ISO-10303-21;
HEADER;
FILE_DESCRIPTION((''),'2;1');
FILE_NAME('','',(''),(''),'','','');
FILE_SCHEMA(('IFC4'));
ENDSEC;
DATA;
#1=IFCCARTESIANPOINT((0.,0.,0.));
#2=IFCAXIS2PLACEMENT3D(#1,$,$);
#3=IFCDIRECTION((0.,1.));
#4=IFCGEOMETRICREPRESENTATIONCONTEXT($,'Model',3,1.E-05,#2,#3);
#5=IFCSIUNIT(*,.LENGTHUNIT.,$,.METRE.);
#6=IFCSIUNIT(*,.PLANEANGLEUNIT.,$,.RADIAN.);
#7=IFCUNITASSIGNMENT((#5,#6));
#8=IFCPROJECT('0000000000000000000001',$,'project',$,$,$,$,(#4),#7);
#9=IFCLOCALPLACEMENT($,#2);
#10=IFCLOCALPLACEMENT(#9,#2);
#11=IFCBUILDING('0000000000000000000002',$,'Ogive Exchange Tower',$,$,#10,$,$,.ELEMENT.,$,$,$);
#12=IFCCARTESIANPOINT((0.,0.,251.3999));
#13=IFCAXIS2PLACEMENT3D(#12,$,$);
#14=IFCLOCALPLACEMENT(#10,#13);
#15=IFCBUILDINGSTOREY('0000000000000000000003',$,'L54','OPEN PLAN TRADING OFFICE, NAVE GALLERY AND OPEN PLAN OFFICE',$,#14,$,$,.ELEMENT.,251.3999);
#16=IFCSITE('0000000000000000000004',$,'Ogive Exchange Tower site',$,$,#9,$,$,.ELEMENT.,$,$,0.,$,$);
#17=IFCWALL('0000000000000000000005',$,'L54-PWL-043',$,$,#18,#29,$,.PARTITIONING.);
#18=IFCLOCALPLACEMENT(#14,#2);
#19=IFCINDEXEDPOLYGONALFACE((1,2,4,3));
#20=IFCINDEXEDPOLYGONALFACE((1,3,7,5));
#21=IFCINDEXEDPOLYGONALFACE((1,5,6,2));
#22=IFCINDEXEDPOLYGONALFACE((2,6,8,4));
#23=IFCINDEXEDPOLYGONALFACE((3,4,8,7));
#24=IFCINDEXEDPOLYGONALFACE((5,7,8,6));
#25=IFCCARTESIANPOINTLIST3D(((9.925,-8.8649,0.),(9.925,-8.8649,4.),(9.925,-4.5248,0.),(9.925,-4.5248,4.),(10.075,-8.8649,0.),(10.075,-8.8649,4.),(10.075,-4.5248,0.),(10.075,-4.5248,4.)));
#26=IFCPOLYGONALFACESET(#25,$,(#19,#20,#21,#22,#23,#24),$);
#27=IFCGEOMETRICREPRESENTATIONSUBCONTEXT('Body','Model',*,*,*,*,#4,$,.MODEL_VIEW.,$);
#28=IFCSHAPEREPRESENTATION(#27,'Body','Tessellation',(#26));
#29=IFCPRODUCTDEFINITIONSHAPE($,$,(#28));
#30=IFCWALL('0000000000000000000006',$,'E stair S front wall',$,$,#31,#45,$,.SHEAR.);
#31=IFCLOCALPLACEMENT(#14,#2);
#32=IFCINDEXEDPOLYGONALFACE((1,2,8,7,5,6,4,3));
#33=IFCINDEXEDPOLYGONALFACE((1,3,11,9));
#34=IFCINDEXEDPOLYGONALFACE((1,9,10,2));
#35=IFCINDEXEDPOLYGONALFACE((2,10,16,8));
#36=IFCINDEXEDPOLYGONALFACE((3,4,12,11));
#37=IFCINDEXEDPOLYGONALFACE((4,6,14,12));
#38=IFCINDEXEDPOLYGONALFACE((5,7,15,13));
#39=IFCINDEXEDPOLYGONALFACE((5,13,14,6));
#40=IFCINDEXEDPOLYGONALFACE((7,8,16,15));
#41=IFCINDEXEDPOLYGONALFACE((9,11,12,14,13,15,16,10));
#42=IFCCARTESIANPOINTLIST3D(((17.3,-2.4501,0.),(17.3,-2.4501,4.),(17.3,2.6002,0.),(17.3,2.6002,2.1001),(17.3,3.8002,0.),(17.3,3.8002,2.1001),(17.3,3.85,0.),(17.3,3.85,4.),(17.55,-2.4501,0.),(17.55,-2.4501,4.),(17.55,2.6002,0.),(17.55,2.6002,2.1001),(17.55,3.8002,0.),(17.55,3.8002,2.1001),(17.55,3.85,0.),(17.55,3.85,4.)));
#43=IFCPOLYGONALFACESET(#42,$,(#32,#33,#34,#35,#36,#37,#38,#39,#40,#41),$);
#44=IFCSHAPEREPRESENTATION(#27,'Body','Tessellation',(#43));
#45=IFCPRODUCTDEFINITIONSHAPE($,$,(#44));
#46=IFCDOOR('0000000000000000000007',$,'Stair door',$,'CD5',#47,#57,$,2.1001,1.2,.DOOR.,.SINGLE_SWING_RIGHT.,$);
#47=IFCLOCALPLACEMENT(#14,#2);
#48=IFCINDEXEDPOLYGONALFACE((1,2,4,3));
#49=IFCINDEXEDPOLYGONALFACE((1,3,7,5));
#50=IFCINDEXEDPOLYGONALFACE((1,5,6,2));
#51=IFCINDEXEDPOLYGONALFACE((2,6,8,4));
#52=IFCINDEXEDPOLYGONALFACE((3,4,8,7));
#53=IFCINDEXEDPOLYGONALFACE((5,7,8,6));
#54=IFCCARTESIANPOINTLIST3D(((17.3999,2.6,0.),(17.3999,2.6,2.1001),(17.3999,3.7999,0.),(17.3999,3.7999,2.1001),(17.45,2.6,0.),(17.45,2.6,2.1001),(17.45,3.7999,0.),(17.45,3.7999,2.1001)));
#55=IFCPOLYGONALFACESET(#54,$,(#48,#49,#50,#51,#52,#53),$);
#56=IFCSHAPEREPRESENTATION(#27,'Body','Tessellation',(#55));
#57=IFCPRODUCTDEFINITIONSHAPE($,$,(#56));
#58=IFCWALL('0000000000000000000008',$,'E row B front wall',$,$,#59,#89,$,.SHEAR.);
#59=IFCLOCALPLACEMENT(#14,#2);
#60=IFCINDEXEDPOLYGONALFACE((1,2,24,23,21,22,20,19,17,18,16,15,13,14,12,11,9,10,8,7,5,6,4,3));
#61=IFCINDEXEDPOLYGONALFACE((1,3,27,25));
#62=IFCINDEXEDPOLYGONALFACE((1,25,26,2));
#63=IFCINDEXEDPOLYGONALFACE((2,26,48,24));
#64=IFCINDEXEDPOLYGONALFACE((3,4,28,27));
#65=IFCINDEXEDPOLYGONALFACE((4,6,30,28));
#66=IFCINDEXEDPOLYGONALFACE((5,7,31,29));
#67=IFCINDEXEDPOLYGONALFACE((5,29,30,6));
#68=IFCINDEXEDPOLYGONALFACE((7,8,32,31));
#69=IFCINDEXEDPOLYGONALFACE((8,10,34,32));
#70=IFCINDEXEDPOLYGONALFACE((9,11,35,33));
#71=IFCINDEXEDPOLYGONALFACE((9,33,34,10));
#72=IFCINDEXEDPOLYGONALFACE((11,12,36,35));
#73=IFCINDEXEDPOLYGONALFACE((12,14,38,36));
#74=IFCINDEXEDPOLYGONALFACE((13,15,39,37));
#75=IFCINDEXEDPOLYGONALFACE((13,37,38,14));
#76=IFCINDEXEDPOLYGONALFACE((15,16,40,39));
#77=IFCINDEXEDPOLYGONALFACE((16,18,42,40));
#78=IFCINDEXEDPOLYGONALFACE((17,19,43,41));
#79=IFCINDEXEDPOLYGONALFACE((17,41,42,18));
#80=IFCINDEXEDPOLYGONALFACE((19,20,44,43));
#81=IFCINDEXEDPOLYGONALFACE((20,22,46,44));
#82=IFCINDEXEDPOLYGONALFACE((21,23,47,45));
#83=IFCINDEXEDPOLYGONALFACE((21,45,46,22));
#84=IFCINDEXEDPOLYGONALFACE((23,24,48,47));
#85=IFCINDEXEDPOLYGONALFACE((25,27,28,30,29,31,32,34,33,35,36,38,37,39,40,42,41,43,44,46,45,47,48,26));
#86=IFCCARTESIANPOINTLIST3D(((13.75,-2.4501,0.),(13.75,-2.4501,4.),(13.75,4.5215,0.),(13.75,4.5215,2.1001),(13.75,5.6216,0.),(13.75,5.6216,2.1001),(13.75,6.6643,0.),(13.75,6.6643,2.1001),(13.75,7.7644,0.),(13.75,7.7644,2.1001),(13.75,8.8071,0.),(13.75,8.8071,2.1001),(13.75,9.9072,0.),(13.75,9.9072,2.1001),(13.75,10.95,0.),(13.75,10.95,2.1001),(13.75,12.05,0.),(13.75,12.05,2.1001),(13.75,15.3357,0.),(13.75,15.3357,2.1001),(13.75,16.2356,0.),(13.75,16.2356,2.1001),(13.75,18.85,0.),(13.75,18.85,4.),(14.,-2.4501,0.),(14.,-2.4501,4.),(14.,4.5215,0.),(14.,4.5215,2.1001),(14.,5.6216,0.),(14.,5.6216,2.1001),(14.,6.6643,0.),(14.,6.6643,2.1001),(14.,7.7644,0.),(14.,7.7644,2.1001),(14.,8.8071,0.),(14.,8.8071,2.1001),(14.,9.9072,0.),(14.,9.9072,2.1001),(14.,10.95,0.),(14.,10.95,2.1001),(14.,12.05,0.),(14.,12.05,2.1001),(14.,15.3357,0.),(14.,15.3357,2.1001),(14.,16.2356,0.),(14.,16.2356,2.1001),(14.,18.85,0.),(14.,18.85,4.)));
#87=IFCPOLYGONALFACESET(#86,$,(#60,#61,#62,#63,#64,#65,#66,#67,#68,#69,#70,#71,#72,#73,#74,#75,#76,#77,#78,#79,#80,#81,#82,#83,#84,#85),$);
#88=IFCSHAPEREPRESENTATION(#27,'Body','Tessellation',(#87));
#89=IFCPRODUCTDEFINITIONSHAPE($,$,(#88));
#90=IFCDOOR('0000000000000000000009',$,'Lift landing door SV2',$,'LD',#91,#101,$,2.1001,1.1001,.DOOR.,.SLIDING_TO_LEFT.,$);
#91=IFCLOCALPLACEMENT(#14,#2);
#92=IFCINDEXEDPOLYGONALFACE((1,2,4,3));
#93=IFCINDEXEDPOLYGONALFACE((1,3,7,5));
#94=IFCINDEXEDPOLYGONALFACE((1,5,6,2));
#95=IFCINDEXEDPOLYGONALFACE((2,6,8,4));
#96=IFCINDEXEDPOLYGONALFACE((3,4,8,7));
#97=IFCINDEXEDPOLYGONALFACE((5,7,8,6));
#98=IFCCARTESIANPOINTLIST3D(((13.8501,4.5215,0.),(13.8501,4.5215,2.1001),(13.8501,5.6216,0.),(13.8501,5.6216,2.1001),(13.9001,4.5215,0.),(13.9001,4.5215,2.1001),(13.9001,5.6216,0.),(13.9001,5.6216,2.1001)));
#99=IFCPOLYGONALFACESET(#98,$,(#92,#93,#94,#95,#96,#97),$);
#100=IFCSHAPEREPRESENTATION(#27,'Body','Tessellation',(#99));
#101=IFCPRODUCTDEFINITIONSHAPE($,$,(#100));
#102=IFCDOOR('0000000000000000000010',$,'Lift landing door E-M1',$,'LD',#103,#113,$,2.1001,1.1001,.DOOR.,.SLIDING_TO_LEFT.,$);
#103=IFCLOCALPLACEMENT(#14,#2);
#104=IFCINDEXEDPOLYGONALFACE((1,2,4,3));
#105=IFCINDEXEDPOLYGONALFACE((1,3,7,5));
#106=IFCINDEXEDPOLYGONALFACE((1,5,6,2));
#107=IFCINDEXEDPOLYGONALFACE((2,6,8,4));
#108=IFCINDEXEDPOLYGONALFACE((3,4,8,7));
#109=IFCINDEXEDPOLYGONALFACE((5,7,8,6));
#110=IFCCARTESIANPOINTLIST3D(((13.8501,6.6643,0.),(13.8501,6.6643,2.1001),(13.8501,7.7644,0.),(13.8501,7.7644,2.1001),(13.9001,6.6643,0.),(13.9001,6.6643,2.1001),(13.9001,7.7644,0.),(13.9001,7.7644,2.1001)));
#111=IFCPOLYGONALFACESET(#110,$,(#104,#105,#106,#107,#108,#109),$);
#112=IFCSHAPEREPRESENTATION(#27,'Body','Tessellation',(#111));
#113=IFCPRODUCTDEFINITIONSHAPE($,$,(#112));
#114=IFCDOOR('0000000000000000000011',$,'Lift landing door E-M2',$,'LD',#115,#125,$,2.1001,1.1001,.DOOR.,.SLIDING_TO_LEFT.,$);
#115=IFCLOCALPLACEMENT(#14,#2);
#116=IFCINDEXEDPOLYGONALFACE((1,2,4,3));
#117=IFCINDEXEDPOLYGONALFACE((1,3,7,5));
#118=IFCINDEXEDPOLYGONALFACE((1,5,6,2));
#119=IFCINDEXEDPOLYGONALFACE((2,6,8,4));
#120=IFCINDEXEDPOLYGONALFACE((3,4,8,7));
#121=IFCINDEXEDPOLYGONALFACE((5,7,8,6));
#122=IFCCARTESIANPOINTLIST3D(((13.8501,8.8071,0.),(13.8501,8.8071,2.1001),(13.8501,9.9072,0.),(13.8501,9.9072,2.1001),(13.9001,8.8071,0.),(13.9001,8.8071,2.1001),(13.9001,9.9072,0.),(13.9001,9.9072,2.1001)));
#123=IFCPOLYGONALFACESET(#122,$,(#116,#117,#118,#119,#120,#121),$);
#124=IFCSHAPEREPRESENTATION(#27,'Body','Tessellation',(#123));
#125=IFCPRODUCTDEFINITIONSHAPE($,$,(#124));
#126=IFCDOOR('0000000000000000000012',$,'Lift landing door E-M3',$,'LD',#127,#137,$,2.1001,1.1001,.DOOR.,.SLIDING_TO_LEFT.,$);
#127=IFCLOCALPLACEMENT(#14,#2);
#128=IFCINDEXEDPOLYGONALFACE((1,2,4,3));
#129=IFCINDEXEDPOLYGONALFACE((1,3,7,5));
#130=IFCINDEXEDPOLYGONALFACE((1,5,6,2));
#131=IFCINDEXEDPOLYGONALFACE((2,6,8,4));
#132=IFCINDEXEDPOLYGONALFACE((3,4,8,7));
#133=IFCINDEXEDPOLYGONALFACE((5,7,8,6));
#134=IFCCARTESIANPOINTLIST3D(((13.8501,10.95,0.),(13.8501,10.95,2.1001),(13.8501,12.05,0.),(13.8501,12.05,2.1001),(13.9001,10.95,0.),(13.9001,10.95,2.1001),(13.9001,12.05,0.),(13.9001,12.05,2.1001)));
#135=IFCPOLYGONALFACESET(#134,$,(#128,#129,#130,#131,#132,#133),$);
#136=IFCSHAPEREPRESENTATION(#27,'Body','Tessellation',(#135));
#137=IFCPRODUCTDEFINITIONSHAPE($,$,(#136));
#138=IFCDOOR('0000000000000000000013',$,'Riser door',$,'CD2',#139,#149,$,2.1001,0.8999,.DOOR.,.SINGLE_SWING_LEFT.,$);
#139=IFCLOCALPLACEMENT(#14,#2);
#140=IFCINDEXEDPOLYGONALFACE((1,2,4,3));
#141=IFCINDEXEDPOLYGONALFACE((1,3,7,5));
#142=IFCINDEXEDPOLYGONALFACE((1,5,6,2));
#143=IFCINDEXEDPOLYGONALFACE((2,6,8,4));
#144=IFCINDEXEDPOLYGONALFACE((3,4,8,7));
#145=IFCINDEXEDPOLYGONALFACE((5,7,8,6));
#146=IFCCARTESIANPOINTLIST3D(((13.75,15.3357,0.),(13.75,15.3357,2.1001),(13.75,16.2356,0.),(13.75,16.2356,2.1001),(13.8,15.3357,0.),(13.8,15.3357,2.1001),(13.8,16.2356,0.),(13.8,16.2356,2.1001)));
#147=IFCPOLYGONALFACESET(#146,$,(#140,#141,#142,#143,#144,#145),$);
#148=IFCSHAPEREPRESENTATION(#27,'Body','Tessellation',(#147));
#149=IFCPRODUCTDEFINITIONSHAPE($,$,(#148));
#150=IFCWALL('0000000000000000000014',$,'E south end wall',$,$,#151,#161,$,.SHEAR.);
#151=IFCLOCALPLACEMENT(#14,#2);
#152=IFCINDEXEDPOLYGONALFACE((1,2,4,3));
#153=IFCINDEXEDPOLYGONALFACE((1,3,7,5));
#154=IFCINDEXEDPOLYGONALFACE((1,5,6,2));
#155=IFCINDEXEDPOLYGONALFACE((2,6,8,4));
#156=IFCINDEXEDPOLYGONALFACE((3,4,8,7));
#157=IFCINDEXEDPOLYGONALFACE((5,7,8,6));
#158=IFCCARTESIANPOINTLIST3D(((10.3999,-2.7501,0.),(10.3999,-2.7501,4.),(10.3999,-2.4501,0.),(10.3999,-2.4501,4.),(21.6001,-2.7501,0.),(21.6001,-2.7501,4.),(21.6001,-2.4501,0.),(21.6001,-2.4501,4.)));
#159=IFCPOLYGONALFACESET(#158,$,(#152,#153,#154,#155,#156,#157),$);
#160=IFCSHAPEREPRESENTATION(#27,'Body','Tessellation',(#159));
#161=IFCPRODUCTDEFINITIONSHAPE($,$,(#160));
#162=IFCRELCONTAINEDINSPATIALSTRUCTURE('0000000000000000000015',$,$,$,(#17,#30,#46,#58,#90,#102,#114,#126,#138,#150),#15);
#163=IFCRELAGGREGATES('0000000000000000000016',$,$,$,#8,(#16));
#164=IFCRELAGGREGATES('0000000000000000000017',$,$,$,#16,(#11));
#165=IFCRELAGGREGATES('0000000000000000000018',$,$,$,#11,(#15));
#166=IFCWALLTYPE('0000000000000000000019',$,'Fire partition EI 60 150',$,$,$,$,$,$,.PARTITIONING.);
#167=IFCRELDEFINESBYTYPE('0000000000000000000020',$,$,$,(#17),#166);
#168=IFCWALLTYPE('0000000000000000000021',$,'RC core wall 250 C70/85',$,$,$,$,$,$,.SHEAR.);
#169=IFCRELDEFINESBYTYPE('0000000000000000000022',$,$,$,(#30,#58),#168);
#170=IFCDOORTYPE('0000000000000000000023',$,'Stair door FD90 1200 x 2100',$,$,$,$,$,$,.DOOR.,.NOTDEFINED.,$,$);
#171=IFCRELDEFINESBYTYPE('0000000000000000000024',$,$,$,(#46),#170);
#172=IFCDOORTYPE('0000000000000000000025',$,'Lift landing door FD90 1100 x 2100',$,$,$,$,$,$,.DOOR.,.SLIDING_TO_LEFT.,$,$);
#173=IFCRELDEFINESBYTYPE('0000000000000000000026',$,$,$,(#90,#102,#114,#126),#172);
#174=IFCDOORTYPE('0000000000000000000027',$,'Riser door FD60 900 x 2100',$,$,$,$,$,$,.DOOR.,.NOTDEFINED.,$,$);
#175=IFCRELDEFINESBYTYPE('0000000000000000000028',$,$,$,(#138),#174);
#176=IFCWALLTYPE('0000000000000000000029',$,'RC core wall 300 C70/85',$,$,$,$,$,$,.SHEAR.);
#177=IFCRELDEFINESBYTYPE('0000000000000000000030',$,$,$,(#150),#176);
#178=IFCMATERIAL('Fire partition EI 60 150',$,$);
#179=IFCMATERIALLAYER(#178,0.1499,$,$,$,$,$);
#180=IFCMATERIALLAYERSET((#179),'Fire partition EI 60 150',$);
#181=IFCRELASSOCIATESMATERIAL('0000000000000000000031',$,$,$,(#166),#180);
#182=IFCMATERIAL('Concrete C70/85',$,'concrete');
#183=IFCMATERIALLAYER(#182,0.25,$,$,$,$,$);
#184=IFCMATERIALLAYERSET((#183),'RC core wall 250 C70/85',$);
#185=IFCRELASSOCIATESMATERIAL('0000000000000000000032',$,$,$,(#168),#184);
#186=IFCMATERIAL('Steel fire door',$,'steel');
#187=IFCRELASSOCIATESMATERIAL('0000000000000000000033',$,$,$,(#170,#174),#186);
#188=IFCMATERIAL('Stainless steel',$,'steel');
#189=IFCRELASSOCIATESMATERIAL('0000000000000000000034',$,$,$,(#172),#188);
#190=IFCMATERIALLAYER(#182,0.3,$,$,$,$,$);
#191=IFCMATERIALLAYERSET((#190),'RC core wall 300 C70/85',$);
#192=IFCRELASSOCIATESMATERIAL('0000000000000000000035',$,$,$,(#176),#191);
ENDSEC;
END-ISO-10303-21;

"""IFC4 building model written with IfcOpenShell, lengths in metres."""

from ifc_helpers import new_model, si_unit, direction, frame, frame_2d, origin, place, context, subcontext, project, spatial, rectangle, extrude, material, layer, layer_set, type_object, element, fill, save


model = new_model("IFC4")

# Units and contexts
model_context = context("Model", 3, precision=1e-05, world=origin(), true_north=direction((0.0, 1.0)))
body_context = subcontext(model_context, "Body", "Model", "MODEL_VIEW")
ifc_project = project(units=[si_unit("LENGTHUNIT", "METRE"), si_unit("PLANEANGLEUNIT", "RADIAN")], contexts=[model_context])

# Site, building, storey
site_placement = place(None, origin())
site = spatial("IfcSite", under=ifc_project, at=site_placement, Name="Ogive Exchange Tower site", CompositionType="ELEMENT", RefElevation=0.0)
building_placement = place(site_placement, origin())
building = spatial("IfcBuilding", under=site, at=building_placement, Name="Ogive Exchange Tower", CompositionType="ELEMENT")
storey_placement = place(building_placement, frame((0.0, 0.0, 251.3999)))
storey = spatial("IfcBuildingStorey", under=building, at=storey_placement, Name="L54", Description="OPEN PLAN TRADING OFFICE, NAVE GALLERY AND OPEN PLAN OFFICE", CompositionType="ELEMENT", Elevation=251.3999)

# Wall
ifc_material_1 = material(Name="Fire partition EI 60 150")
ifc_layer_1 = layer(ifc_material_1, 0.1499)
ifc_layer_set_1 = layer_set([ifc_layer_1], Name="Fire partition EI 60 150")
wall_type_1 = type_object("IfcWallType", Name="Fire partition EI 60 150", PredefinedType="PARTITIONING", material=ifc_layer_set_1)
wall_1_placement = place(storey_placement, frame((10.0, -4.5249, 0.0), z_axis=(0.0, 0.0, 1.0), x_axis=(0.0, -1.0, 0.0)))
element("IfcWall", 1, at=wall_1_placement, inside=storey, type_object=wall_type_1, Name="L54-PWL-043", PredefinedType="PARTITIONING", context=body_context, shape_type="SweptSolid", body=[
    extrude(rectangle(XDim=4.3401, YDim=0.1499, at=frame_2d((2.1699, 0.0))), origin(), (0.0, 0.0, 1.0), 4.0),
])

# Wall, opening, door
ifc_material_2 = material(Name="Concrete C70/85", Category="concrete")
ifc_layer_2 = layer(ifc_material_2, 0.25)
ifc_layer_set_2 = layer_set([ifc_layer_2], Name="RC core wall 250 C70/85")
wall_type_2 = type_object("IfcWallType", Name="RC core wall 250 C70/85", PredefinedType="SHEAR", material=ifc_layer_set_2)
wall_2_placement = place(storey_placement, frame((17.425, -2.45, 0.0), z_axis=(0.0, 0.0, 1.0), x_axis=(0.0, 1.0, 0.0)))
wall_2 = element("IfcWall", 2, at=wall_2_placement, inside=storey, type_object=wall_type_2, Name="E stair S front wall", PredefinedType="SHEAR", context=body_context, shape_type="SweptSolid", body=[
    extrude(rectangle(XDim=6.3, YDim=0.25, at=frame_2d((3.1499, 0.0))), origin(), (0.0, 0.0, 1.0), 4.0),
])
opening_1_placement = place(wall_2_placement, frame((5.05, 0.0, 0.0)))
opening_1 = element("IfcOpeningElement", 3, at=opening_1_placement, cuts=wall_2, PredefinedType="OPENING", context=body_context, shape_type="SweptSolid", body=[
    extrude(rectangle(XDim=1.2, YDim=2.1001, at=frame_2d((0.6001, 1.05))), frame((0.0, 0.135, 0.0), z_axis=(0.0, -1.0, 0.0), x_axis=(1.0, 0.0, 0.0)), (0.0, 0.0, 1.0), 0.27),
])
ifc_material_3 = material(Name="Steel fire door", Category="steel")
door_type_1 = type_object("IfcDoorType", Name="Stair door FD90 1200 x 2100", OperationType="NOTDEFINED", PredefinedType="DOOR", material=ifc_material_3)
door_1_placement = place(opening_1_placement, frame((1.2, 0.0, 0.0), z_axis=(0.0, 0.0, 1.0), x_axis=(-1.0, 0.0, 0.0)))
door_1 = element("IfcDoor", 4, at=door_1_placement, inside=storey, type_object=door_type_1, Name="Stair door", ObjectType="CD5", OperationType="SINGLE_SWING_RIGHT", OverallHeight=2.1001, OverallWidth=1.2, PredefinedType="DOOR", context=body_context, shape_type="SweptSolid", body=[
    extrude(rectangle(XDim=1.2, YDim=2.1001, at=frame_2d((0.6001, 1.05))), frame((0.0, 0.0249, 0.0), z_axis=(0.0, -1.0, 0.0), x_axis=(1.0, 0.0, 0.0)), (0.0, 0.0, 1.0), 0.05),
])
fill(opening_1, door_1)

# Wall, openings, doors
wall_3_placement = place(storey_placement, frame((13.875, -2.45, 0.0), z_axis=(0.0, 0.0, 1.0), x_axis=(0.0, 1.0, 0.0)))
wall_3 = element("IfcWall", 5, at=wall_3_placement, inside=storey, type_object=wall_type_2, Name="E row B front wall", PredefinedType="SHEAR", context=body_context, shape_type="SweptSolid", body=[
    extrude(rectangle(XDim=21.3, YDim=0.25, at=frame_2d((10.6499, 0.0))), origin(), (0.0, 0.0, 1.0), 4.0),
])
opening_2_placement = place(wall_3_placement, frame((17.7856, 0.0, 0.0)))
opening_2 = element("IfcOpeningElement", 6, at=opening_2_placement, cuts=wall_3, PredefinedType="OPENING", context=body_context, shape_type="SweptSolid", body=[
    extrude(rectangle(XDim=0.8999, YDim=2.1001, at=frame_2d((0.45, 1.05))), frame((0.0, 0.135, 0.0), z_axis=(0.0, -1.0, 0.0), x_axis=(1.0, 0.0, 0.0)), (0.0, 0.0, 1.0), 0.27),
])
opening_3_placement = place(wall_3_placement, frame((6.9714, 0.0, 0.0)))
opening_3 = element("IfcOpeningElement", 7, at=opening_3_placement, cuts=wall_3, PredefinedType="OPENING", context=body_context, shape_type="SweptSolid", body=[
    extrude(rectangle(XDim=1.1001, YDim=2.1001, at=frame_2d((0.55, 1.05))), frame((0.0, 0.135, 0.0), z_axis=(0.0, -1.0, 0.0), x_axis=(1.0, 0.0, 0.0)), (0.0, 0.0, 1.0), 0.27),
])
opening_4_placement = place(wall_3_placement, frame((9.1143, 0.0, 0.0)))
opening_4 = element("IfcOpeningElement", 8, at=opening_4_placement, cuts=wall_3, PredefinedType="OPENING", context=body_context, shape_type="SweptSolid", body=[
    extrude(rectangle(XDim=1.1001, YDim=2.1001, at=frame_2d((0.55, 1.05))), frame((0.0, 0.135, 0.0), z_axis=(0.0, -1.0, 0.0), x_axis=(1.0, 0.0, 0.0)), (0.0, 0.0, 1.0), 0.27),
])
opening_5_placement = place(wall_3_placement, frame((11.2571, 0.0, 0.0)))
opening_5 = element("IfcOpeningElement", 9, at=opening_5_placement, cuts=wall_3, PredefinedType="OPENING", context=body_context, shape_type="SweptSolid", body=[
    extrude(rectangle(XDim=1.1001, YDim=2.1001, at=frame_2d((0.55, 1.05))), frame((0.0, 0.135, 0.0), z_axis=(0.0, -1.0, 0.0), x_axis=(1.0, 0.0, 0.0)), (0.0, 0.0, 1.0), 0.27),
])
opening_6_placement = place(wall_3_placement, frame((13.3999, 0.0, 0.0)))
opening_6 = element("IfcOpeningElement", 10, at=opening_6_placement, cuts=wall_3, PredefinedType="OPENING", context=body_context, shape_type="SweptSolid", body=[
    extrude(rectangle(XDim=1.1001, YDim=2.1001, at=frame_2d((0.55, 1.05))), frame((0.0, 0.135, 0.0), z_axis=(0.0, -1.0, 0.0), x_axis=(1.0, 0.0, 0.0)), (0.0, 0.0, 1.0), 0.27),
])
ifc_material_4 = material(Name="Stainless steel", Category="steel")
door_type_2 = type_object("IfcDoorType", Name="Lift landing door FD90 1100 x 2100", OperationType="SLIDING_TO_LEFT", PredefinedType="DOOR", material=ifc_material_4)
door_2_placement = place(opening_3_placement, origin())
door_2 = element("IfcDoor", 11, at=door_2_placement, inside=storey, type_object=door_type_2, Name="Lift landing door SV2", ObjectType="LD", OperationType="SLIDING_TO_LEFT", OverallHeight=2.1001, OverallWidth=1.1001, PredefinedType="DOOR", context=body_context, shape_type="SweptSolid", body=[
    extrude(rectangle(XDim=1.1001, YDim=2.1001, at=frame_2d((0.55, 1.05))), frame((0.0, 0.0249, 0.0), z_axis=(0.0, -1.0, 0.0), x_axis=(1.0, 0.0, 0.0)), (0.0, 0.0, 1.0), 0.05),
])
fill(opening_3, door_2)
door_3_placement = place(opening_4_placement, origin())
door_3 = element("IfcDoor", 12, at=door_3_placement, inside=storey, type_object=door_type_2, Name="Lift landing door E-M1", ObjectType="LD", OperationType="SLIDING_TO_LEFT", OverallHeight=2.1001, OverallWidth=1.1001, PredefinedType="DOOR", context=body_context, shape_type="SweptSolid", body=[
    extrude(rectangle(XDim=1.1001, YDim=2.1001, at=frame_2d((0.55, 1.05))), frame((0.0, 0.0249, 0.0), z_axis=(0.0, -1.0, 0.0), x_axis=(1.0, 0.0, 0.0)), (0.0, 0.0, 1.0), 0.05),
])
fill(opening_4, door_3)
door_4_placement = place(opening_5_placement, origin())
door_4 = element("IfcDoor", 13, at=door_4_placement, inside=storey, type_object=door_type_2, Name="Lift landing door E-M2", ObjectType="LD", OperationType="SLIDING_TO_LEFT", OverallHeight=2.1001, OverallWidth=1.1001, PredefinedType="DOOR", context=body_context, shape_type="SweptSolid", body=[
    extrude(rectangle(XDim=1.1001, YDim=2.1001, at=frame_2d((0.55, 1.05))), frame((0.0, 0.0249, 0.0), z_axis=(0.0, -1.0, 0.0), x_axis=(1.0, 0.0, 0.0)), (0.0, 0.0, 1.0), 0.05),
])
fill(opening_5, door_4)
door_5_placement = place(opening_6_placement, origin())
door_5 = element("IfcDoor", 14, at=door_5_placement, inside=storey, type_object=door_type_2, Name="Lift landing door E-M3", ObjectType="LD", OperationType="SLIDING_TO_LEFT", OverallHeight=2.1001, OverallWidth=1.1001, PredefinedType="DOOR", context=body_context, shape_type="SweptSolid", body=[
    extrude(rectangle(XDim=1.1001, YDim=2.1001, at=frame_2d((0.55, 1.05))), frame((0.0, 0.0249, 0.0), z_axis=(0.0, -1.0, 0.0), x_axis=(1.0, 0.0, 0.0)), (0.0, 0.0, 1.0), 0.05),
])
fill(opening_6, door_5)
door_type_3 = type_object("IfcDoorType", Name="Riser door FD60 900 x 2100", OperationType="NOTDEFINED", PredefinedType="DOOR", material=ifc_material_3)
door_6_placement = place(opening_2_placement, origin())
door_6 = element("IfcDoor", 15, at=door_6_placement, inside=storey, type_object=door_type_3, Name="Riser door", ObjectType="CD2", OperationType="SINGLE_SWING_LEFT", OverallHeight=2.1001, OverallWidth=0.8999, PredefinedType="DOOR", context=body_context, shape_type="SweptSolid", body=[
    extrude(rectangle(XDim=0.8999, YDim=2.1001, at=frame_2d((0.45, 1.05))), frame((0.0, 0.125, 0.0), z_axis=(0.0, -1.0, 0.0), x_axis=(1.0, 0.0, 0.0)), (0.0, 0.0, 1.0), 0.05),
])
fill(opening_2, door_6)

# Wall
ifc_layer_3 = layer(ifc_material_2, 0.3)
ifc_layer_set_3 = layer_set([ifc_layer_3], Name="RC core wall 300 C70/85")
wall_type_3 = type_object("IfcWallType", Name="RC core wall 300 C70/85", PredefinedType="SHEAR", material=ifc_layer_set_3)
wall_4_placement = place(storey_placement, frame((10.3999, -2.6001, 0.0), z_axis=(0.0, 0.0, 1.0), x_axis=(1.0, 0.0, 0.0)))
element("IfcWall", 16, at=wall_4_placement, inside=storey, type_object=wall_type_3, Name="E south end wall", PredefinedType="SHEAR", context=body_context, shape_type="SweptSolid", body=[
    extrude(rectangle(XDim=11.2002, YDim=0.3, at=frame_2d((5.6001, 0.0))), origin(), (0.0, 0.0, 1.0), 4.0),
])

save(model, "model.ifc")
